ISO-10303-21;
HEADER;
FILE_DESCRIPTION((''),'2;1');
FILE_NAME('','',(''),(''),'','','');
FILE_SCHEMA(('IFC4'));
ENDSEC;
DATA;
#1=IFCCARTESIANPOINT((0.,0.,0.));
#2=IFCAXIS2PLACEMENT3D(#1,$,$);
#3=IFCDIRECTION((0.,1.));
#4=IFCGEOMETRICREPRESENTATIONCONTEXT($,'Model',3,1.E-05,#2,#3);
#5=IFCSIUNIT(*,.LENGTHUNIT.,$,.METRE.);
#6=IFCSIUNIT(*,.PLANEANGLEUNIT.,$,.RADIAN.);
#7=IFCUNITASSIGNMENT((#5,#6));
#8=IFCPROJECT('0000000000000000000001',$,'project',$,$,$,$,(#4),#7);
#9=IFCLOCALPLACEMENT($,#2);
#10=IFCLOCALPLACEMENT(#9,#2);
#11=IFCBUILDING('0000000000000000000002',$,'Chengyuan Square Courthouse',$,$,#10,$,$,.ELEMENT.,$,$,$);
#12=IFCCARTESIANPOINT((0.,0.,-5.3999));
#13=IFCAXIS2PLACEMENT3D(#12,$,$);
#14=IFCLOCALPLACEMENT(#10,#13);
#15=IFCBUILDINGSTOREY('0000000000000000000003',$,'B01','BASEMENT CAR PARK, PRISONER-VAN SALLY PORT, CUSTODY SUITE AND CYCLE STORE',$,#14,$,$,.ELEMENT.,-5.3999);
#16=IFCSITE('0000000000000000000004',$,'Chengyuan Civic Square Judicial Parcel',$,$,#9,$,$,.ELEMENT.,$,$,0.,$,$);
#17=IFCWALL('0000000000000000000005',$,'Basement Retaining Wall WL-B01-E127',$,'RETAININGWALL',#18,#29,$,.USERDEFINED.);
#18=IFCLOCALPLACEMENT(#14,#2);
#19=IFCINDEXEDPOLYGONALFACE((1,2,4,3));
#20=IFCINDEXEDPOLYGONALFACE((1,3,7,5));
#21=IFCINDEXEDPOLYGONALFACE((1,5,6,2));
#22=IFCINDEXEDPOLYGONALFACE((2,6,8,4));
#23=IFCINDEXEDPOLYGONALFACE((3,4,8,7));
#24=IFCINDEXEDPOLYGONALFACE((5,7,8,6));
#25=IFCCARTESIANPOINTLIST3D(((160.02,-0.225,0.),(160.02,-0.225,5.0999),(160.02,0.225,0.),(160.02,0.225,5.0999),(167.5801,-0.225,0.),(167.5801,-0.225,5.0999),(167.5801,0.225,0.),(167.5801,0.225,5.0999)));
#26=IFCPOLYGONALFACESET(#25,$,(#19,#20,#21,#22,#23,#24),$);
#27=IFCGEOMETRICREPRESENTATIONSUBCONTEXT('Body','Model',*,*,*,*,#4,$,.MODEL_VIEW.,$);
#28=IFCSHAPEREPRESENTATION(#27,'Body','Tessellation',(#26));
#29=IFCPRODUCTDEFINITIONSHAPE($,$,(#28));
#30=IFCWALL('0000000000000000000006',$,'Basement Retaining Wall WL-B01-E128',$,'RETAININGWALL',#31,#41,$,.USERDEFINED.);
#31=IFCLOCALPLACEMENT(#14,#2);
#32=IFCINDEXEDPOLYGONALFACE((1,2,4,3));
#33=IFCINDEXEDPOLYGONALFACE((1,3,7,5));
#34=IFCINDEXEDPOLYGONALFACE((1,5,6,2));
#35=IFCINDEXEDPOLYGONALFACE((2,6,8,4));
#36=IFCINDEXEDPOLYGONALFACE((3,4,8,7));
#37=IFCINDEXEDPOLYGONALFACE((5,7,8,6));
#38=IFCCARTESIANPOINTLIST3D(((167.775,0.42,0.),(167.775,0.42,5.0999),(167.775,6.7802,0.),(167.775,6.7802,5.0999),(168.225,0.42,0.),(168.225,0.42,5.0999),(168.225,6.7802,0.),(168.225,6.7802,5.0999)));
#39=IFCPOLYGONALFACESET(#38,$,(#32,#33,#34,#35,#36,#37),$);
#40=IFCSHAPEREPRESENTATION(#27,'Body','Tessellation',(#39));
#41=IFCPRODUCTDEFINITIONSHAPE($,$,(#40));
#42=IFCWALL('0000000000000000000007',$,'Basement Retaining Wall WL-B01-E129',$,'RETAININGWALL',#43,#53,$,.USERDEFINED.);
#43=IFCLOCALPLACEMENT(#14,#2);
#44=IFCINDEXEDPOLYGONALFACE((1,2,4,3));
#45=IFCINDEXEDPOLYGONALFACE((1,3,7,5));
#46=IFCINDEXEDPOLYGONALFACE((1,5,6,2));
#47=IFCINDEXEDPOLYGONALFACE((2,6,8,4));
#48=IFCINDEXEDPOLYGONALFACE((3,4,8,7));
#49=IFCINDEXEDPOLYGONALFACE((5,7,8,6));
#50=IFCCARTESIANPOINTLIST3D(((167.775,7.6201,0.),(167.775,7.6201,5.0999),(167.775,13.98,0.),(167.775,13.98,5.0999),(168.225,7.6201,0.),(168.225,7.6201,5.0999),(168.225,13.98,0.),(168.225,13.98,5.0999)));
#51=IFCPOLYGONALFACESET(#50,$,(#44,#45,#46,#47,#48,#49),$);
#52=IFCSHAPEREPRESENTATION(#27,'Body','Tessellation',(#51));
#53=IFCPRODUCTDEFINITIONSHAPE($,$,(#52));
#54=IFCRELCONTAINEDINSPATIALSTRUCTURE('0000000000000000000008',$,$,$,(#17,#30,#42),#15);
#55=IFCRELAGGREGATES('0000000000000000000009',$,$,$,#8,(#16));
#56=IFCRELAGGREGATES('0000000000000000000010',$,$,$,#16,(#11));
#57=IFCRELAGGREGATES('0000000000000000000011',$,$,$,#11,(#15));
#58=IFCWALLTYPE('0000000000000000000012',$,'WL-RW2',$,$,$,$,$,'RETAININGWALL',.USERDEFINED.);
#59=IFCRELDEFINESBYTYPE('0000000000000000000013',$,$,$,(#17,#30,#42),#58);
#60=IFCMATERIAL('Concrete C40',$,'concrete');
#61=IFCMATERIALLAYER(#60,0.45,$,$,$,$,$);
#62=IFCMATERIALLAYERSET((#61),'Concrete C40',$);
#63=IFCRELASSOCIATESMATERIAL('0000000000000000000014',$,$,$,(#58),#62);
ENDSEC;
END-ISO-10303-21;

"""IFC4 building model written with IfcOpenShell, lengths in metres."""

from ifc_helpers import new_model, si_unit, direction, frame, frame_2d, origin, place, context, subcontext, project, spatial, rectangle, extrude, material, layer, layer_set, type_object, element, save


model = new_model("IFC4")

# Units and contexts
model_context = context("Model", 3, precision=1e-05, world=origin(), true_north=direction((0.0, 1.0)))
body_context = subcontext(model_context, "Body", "Model", "MODEL_VIEW")
ifc_project = project(units=[si_unit("LENGTHUNIT", "METRE"), si_unit("PLANEANGLEUNIT", "RADIAN")], contexts=[model_context])

# Site, building, storey
site_placement = place(None, origin())
site = spatial("IfcSite", under=ifc_project, at=site_placement, Name="Chengyuan Civic Square Judicial Parcel", CompositionType="ELEMENT", RefElevation=0.0)
building_placement = place(site_placement, origin())
building = spatial("IfcBuilding", under=site, at=building_placement, Name="Chengyuan Square Courthouse", CompositionType="ELEMENT")
storey_placement = place(building_placement, frame((0.0, 0.0, -5.3999)))
storey = spatial("IfcBuildingStorey", under=building, at=storey_placement, Name="B01", Description="BASEMENT CAR PARK, PRISONER-VAN SALLY PORT, CUSTODY SUITE AND CYCLE STORE", CompositionType="ELEMENT", Elevation=-5.3999)

# Shared definitions
ifc_material_1 = material(Name="Concrete C40", Category="concrete")

# Walls
ifc_layer = layer(ifc_material_1, 0.45)
ifc_layer_set = layer_set([ifc_layer], Name="Concrete C40")
wall_type = type_object("IfcWallType", Name="WL-RW2", ElementType="RETAININGWALL", PredefinedType="USERDEFINED", material=ifc_layer_set)
wall_1_placement = place(storey_placement, frame((160.02, 0.0, 0.0), z_axis=(0.0, 0.0, 1.0), x_axis=(1.0, 0.0, 0.0)))
element("IfcWall", 1, at=wall_1_placement, inside=storey, type_object=wall_type, Name="Basement Retaining Wall WL-B01-E127", ObjectType="RETAININGWALL", PredefinedType="USERDEFINED", context=body_context, shape_type="SweptSolid", body=[
    extrude(rectangle(XDim=7.5601, YDim=0.45, at=frame_2d((3.78, 0.0))), origin(), (0.0, 0.0, 1.0), 5.0999),
])
wall_2_placement = place(storey_placement, frame((168.0, 0.4199, 0.0), z_axis=(0.0, 0.0, 1.0), x_axis=(0.0, 1.0, 0.0)))
element("IfcWall", 2, at=wall_2_placement, inside=storey, type_object=wall_type, Name="Basement Retaining Wall WL-B01-E128", ObjectType="RETAININGWALL", PredefinedType="USERDEFINED", context=body_context, shape_type="SweptSolid", body=[
    extrude(rectangle(XDim=6.3601, YDim=0.45, at=frame_2d((3.1802, 0.0))), origin(), (0.0, 0.0, 1.0), 5.0999),
])
wall_3_placement = place(storey_placement, frame((168.0, 7.6201, 0.0), z_axis=(0.0, 0.0, 1.0), x_axis=(0.0, 1.0, 0.0)))
element("IfcWall", 3, at=wall_3_placement, inside=storey, type_object=wall_type, Name="Basement Retaining Wall WL-B01-E129", ObjectType="RETAININGWALL", PredefinedType="USERDEFINED", context=body_context, shape_type="SweptSolid", body=[
    extrude(rectangle(XDim=6.3599, YDim=0.45, at=frame_2d((3.1799, 0.0))), origin(), (0.0, 0.0, 1.0), 5.0999),
])

save(model, "model.ifc")
